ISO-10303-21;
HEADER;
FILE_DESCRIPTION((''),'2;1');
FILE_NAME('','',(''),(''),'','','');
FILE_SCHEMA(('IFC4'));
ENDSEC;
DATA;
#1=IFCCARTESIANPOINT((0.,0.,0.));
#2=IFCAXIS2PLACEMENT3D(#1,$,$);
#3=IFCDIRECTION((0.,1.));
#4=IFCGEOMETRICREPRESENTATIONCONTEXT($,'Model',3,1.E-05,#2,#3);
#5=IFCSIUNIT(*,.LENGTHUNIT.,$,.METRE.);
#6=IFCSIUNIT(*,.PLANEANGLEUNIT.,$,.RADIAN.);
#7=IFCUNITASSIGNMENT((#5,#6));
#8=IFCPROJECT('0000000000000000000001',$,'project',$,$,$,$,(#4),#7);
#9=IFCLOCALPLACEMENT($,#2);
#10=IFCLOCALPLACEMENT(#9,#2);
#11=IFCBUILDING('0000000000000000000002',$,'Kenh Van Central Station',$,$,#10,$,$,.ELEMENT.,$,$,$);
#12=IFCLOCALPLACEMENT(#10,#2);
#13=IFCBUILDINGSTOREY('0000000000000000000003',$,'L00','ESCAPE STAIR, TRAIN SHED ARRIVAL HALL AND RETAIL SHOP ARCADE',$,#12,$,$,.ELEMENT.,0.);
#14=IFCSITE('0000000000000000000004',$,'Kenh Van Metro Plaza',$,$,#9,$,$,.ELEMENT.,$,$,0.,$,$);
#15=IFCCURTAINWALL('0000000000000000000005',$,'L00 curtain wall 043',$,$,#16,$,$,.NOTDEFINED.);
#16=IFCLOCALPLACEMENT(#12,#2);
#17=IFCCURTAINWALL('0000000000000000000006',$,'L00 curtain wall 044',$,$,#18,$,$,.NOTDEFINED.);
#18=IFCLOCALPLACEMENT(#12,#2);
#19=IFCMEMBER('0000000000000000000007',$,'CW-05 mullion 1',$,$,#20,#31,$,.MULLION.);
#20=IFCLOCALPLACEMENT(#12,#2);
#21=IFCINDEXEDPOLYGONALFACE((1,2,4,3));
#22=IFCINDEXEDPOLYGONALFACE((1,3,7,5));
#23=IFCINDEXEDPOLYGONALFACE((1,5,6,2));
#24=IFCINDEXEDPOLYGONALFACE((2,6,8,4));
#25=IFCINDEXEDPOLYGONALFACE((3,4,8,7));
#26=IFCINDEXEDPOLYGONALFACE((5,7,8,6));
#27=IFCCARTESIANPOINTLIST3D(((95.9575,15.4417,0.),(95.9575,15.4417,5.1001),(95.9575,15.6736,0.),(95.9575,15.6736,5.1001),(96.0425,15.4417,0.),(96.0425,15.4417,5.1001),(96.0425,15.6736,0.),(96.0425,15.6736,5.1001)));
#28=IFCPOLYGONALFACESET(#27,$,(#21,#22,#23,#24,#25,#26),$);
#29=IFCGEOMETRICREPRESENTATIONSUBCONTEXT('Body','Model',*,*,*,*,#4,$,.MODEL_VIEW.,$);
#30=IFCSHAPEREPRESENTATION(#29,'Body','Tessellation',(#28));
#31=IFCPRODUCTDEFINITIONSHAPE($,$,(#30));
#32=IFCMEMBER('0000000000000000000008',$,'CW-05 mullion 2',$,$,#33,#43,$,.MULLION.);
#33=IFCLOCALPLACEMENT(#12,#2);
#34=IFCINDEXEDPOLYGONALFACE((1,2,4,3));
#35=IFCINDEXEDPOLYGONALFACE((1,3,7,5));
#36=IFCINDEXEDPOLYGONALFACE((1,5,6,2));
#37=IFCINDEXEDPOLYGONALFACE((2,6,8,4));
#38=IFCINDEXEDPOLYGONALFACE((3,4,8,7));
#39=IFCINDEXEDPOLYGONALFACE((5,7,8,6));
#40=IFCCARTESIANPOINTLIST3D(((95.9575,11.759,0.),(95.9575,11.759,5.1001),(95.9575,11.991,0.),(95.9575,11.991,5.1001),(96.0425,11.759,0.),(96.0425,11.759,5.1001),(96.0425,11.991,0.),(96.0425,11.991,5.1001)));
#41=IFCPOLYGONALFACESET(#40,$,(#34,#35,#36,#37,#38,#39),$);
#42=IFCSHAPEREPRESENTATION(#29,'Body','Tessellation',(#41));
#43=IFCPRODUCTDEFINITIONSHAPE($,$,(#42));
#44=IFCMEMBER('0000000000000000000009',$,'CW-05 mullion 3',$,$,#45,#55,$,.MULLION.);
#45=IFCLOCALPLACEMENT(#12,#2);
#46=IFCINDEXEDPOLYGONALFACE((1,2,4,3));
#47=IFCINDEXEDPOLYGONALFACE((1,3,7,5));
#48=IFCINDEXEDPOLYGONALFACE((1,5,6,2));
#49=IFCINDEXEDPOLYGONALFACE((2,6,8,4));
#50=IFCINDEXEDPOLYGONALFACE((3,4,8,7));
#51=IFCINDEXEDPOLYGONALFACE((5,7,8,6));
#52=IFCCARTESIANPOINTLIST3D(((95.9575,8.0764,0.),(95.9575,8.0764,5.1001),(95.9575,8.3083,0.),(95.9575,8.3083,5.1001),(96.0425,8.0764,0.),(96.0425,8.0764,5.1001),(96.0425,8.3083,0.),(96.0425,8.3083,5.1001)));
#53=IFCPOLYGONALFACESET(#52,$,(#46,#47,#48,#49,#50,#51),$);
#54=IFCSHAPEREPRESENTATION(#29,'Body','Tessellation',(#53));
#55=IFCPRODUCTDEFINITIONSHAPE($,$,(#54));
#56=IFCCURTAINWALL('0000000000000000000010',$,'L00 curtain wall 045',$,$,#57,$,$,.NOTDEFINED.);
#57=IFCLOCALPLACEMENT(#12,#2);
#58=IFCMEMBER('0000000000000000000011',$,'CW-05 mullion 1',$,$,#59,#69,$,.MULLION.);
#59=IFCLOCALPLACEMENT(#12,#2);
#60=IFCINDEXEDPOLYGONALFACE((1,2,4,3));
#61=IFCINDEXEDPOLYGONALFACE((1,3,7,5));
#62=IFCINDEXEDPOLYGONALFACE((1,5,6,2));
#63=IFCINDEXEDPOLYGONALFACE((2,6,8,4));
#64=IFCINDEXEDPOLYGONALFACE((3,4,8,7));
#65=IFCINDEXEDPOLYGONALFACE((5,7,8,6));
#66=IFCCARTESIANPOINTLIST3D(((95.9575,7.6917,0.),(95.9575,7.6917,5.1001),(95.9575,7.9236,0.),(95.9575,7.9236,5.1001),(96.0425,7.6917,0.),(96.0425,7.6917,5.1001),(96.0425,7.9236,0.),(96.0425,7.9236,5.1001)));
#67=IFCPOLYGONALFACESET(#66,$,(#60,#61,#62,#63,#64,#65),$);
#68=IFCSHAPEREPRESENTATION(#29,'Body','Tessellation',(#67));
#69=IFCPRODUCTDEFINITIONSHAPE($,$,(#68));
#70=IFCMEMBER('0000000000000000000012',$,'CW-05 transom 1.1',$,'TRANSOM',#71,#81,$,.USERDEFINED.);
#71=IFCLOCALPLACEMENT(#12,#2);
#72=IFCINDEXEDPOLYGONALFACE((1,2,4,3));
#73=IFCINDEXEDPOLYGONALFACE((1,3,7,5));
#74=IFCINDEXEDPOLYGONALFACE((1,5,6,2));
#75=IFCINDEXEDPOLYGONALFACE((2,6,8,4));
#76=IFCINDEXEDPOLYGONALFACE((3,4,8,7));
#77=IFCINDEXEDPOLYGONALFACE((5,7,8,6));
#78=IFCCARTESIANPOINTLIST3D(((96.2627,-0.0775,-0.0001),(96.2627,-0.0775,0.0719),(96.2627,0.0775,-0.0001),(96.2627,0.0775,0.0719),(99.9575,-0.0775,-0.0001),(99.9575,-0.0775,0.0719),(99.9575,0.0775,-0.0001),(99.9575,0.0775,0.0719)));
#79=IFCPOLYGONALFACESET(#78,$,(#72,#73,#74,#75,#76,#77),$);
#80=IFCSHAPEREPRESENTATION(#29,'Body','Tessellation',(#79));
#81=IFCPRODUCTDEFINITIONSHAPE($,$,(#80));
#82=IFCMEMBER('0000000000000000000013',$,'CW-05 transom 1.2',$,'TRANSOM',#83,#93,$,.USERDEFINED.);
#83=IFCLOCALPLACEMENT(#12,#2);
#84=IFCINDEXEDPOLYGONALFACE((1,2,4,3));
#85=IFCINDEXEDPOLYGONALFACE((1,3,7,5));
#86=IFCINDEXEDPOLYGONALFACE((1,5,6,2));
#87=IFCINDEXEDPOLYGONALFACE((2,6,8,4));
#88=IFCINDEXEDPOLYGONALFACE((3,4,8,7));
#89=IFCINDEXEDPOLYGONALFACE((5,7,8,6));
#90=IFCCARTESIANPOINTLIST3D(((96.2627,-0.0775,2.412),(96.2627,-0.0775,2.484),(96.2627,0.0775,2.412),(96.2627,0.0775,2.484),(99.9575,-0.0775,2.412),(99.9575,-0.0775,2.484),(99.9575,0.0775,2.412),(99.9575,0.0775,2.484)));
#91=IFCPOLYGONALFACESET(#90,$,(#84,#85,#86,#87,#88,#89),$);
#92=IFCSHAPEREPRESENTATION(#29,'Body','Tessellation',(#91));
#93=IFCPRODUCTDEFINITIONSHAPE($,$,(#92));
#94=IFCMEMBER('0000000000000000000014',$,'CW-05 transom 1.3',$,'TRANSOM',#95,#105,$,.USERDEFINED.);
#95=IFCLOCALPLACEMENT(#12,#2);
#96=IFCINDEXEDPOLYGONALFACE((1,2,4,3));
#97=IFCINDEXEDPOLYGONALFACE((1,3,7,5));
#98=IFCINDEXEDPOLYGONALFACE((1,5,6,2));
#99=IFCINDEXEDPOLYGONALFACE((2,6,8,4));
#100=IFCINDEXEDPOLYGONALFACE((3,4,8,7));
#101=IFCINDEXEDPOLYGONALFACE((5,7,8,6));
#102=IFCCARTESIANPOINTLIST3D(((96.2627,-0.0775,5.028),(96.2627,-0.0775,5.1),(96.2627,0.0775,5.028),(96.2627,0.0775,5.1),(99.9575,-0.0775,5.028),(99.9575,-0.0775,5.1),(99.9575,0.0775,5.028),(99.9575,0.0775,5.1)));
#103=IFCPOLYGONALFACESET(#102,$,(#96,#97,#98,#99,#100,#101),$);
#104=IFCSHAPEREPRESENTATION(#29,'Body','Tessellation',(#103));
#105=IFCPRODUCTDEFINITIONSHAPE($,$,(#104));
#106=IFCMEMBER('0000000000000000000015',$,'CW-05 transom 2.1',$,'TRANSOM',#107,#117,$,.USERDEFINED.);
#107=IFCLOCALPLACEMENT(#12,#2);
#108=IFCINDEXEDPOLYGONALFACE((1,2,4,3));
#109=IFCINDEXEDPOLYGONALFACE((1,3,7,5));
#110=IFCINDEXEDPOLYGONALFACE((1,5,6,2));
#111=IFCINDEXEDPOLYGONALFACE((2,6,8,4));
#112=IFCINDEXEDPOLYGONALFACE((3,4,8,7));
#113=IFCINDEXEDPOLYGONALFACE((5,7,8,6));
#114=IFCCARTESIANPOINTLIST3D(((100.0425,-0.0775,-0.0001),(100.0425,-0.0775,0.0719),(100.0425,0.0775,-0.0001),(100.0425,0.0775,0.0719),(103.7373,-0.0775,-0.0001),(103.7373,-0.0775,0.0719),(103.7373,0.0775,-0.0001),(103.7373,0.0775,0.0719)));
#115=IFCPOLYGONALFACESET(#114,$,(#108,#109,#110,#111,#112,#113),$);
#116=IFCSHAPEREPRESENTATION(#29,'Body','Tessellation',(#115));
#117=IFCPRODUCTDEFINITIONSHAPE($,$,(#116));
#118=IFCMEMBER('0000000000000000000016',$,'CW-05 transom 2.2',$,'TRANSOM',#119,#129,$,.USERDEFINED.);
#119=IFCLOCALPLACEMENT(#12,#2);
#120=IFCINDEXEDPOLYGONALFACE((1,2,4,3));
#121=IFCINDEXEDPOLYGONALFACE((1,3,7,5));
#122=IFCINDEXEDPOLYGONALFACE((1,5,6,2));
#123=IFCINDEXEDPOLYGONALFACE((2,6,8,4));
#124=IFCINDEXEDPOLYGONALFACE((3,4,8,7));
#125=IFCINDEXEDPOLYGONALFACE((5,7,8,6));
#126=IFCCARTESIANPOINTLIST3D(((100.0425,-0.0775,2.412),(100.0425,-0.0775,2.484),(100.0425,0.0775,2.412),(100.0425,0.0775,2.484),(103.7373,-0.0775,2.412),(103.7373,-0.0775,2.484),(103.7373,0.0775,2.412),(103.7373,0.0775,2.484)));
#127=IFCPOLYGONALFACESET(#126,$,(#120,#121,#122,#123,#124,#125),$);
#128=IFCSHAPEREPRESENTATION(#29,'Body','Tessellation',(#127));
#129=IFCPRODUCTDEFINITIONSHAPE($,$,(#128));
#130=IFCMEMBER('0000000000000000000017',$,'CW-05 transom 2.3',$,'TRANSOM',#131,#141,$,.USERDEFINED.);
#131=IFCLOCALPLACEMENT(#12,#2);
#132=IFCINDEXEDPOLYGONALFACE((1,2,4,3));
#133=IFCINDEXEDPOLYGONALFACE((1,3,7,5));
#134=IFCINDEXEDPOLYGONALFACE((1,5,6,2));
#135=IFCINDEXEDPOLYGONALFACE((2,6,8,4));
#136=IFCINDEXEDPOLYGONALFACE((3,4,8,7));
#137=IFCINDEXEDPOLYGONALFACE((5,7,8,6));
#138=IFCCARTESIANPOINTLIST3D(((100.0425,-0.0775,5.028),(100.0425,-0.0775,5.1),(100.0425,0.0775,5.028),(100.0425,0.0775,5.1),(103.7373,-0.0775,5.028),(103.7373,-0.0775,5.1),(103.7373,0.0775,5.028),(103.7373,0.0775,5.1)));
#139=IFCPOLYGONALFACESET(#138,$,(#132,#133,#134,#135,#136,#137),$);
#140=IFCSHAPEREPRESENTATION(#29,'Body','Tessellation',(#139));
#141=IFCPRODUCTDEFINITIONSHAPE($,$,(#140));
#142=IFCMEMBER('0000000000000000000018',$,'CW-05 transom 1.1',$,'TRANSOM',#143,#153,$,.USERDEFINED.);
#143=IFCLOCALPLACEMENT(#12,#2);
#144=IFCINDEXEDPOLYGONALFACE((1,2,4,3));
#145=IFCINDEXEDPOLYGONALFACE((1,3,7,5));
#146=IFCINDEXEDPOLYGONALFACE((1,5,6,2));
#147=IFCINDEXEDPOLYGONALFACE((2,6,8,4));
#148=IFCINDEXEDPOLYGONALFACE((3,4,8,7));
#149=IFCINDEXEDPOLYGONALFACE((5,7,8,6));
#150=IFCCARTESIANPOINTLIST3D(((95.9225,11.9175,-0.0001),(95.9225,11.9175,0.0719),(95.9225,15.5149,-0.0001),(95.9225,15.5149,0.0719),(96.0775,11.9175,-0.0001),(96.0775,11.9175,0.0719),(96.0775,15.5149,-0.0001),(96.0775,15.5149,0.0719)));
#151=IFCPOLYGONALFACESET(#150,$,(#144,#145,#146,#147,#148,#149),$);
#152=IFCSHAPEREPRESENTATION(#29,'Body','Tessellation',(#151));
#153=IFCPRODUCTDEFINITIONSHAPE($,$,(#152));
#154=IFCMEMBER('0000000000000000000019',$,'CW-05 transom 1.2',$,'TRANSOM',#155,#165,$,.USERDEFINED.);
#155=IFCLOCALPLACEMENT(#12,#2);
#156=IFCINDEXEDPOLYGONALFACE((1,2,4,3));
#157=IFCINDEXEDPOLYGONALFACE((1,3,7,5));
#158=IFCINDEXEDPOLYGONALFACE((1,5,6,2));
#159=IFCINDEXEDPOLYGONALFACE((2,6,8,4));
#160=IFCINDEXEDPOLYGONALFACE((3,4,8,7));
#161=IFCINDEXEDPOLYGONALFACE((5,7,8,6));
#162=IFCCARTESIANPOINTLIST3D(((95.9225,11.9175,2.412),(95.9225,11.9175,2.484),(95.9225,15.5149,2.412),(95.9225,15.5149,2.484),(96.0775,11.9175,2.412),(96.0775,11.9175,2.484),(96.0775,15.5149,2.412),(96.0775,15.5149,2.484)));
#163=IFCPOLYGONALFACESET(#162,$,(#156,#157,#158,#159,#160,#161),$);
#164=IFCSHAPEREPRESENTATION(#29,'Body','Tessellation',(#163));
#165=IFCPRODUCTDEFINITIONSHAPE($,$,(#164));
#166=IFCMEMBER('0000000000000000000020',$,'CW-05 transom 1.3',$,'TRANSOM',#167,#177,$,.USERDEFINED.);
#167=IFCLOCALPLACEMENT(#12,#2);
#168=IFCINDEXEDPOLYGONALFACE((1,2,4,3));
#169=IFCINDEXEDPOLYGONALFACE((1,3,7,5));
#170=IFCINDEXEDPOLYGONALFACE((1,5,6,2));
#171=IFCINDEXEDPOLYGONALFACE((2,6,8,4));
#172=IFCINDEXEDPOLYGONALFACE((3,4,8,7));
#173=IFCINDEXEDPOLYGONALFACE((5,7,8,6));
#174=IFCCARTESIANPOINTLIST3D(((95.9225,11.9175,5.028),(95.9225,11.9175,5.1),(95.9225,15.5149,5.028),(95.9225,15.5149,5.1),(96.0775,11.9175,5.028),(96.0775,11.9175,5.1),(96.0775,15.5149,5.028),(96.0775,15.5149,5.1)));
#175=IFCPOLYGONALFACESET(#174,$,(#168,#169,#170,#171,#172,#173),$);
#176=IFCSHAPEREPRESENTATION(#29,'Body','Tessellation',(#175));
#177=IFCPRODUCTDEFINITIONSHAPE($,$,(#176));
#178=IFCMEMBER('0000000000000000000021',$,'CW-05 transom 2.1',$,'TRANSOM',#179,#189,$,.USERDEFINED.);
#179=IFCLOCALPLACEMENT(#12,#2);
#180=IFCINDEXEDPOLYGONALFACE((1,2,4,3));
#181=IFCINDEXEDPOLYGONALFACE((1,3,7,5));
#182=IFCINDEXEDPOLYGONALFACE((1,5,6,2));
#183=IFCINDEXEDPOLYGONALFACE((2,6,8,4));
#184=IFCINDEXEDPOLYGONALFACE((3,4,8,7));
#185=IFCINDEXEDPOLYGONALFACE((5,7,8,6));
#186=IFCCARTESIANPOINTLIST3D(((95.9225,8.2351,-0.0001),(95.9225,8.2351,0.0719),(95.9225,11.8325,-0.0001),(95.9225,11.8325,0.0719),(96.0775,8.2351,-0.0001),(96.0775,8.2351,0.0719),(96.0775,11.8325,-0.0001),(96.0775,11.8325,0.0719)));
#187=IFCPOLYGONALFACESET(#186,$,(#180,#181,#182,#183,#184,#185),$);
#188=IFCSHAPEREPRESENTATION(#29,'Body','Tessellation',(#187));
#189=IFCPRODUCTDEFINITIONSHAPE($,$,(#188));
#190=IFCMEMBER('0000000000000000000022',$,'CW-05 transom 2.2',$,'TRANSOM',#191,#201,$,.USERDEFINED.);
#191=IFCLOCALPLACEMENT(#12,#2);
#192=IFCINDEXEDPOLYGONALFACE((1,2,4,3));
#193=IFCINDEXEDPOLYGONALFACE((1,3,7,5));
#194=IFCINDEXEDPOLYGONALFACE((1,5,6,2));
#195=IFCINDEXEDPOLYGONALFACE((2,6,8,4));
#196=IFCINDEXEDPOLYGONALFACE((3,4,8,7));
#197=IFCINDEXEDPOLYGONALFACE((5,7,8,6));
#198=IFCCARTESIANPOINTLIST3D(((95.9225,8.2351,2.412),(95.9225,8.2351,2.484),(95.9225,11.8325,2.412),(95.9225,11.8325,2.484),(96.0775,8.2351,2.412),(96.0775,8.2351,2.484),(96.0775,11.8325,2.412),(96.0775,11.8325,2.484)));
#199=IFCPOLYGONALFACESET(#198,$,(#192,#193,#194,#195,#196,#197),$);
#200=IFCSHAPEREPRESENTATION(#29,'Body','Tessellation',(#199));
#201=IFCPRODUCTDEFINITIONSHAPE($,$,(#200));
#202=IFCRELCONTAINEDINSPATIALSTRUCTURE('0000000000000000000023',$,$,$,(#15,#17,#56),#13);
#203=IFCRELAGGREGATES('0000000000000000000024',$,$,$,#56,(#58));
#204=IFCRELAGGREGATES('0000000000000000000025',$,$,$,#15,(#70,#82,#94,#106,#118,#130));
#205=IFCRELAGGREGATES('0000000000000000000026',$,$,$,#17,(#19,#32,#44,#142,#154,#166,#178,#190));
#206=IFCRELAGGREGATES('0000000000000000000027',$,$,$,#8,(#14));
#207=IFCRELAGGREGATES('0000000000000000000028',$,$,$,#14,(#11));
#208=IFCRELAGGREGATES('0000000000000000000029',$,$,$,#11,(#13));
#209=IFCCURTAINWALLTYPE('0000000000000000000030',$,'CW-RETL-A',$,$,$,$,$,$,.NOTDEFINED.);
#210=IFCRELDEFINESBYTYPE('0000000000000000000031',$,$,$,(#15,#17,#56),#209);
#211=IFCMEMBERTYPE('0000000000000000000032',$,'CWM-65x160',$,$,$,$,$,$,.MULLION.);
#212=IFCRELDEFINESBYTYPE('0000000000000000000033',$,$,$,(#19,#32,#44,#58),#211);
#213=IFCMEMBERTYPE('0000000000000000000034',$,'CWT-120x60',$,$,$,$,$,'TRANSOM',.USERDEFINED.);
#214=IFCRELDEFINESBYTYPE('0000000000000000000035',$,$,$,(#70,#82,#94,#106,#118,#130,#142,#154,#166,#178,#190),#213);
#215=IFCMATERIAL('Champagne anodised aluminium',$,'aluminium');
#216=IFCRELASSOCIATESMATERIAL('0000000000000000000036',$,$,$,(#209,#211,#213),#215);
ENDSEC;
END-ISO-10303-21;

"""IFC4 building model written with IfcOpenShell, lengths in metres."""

from ifc_helpers import new_model, si_unit, direction, frame, origin, origin_2d, place, context, subcontext, project, spatial, rectangle, extrude, material, material_profile, profile_set, type_object, element, aggregate, save


model = new_model("IFC4")

# Units and contexts
model_context = context("Model", 3, precision=1e-05, world=origin(), true_north=direction((0.0, 1.0)))
body_context = subcontext(model_context, "Body", "Model", "MODEL_VIEW")
ifc_project = project(units=[si_unit("LENGTHUNIT", "METRE"), si_unit("PLANEANGLEUNIT", "RADIAN")], contexts=[model_context])

# Site, building, storey
site_placement = place(None, origin())
site = spatial("IfcSite", under=ifc_project, at=site_placement, Name="Kenh Van Metro Plaza", CompositionType="ELEMENT", RefElevation=0.0)
building_placement = place(site_placement, origin())
building = spatial("IfcBuilding", under=site, at=building_placement, Name="Kenh Van Central Station", CompositionType="ELEMENT")
storey_placement = place(building_placement, origin())
storey = spatial("IfcBuildingStorey", under=building, at=storey_placement, Name="L00", Description="ESCAPE STAIR, TRAIN SHED ARRIVAL HALL AND RETAIL SHOP ARCADE", CompositionType="ELEMENT", Elevation=0.0)

# Curtain walls, members
ifc_material_1 = material(Name="Champagne anodised aluminium", Category="aluminium")
curtain_wall_type = type_object("IfcCurtainWallType", Name="CW-RETL-A", PredefinedType="NOTDEFINED", material=ifc_material_1)
curtain_wall_1_placement = place(storey_placement, origin())
curtain_wall_1 = element("IfcCurtainWall", 1, at=curtain_wall_1_placement, inside=storey, type_object=curtain_wall_type, Name="L00 curtain wall 043", PredefinedType="NOTDEFINED")
ifc_material_profile_1 = material_profile(ifc_material_1, rectangle(XDim=0.085, YDim=0.2319, at=origin_2d()), Name="AL 85x232")
ifc_profile_set_1 = profile_set([ifc_material_profile_1], Name="Champagne anodised aluminium")
member_type_1 = type_object("IfcMemberType", Name="CWM-65x160", PredefinedType="MULLION", material=ifc_profile_set_1)
curtain_wall_2_placement = place(storey_placement, origin())
curtain_wall_2 = element("IfcCurtainWall", 2, at=curtain_wall_2_placement, inside=storey, type_object=curtain_wall_type, Name="L00 curtain wall 044", PredefinedType="NOTDEFINED")
member_1_placement = place(storey_placement, frame((96.0, 15.5576, 0.0), z_axis=(0.0, 0.0, 1.0), x_axis=(1.0, 0.0, 0.0)))
member_1 = element("IfcMember", 3, at=member_1_placement, type_object=member_type_1, Name="CW-05 mullion 1", PredefinedType="MULLION", context=body_context, shape_type="SweptSolid", body=[
    extrude(rectangle(XDim=0.085, YDim=0.2319, at=origin_2d()), origin(), (0.0, 0.0, 1.0), 5.1001),
])
member_2_placement = place(storey_placement, frame((96.0, 11.875, 0.0), z_axis=(0.0, 0.0, 1.0), x_axis=(1.0, 0.0, 0.0)))
member_2 = element("IfcMember", 4, at=member_2_placement, type_object=member_type_1, Name="CW-05 mullion 2", PredefinedType="MULLION", context=body_context, shape_type="SweptSolid", body=[
    extrude(rectangle(XDim=0.085, YDim=0.2319, at=origin_2d()), origin(), (0.0, 0.0, 1.0), 5.1001),
])
member_3_placement = place(storey_placement, frame((96.0, 8.1924, 0.0), z_axis=(0.0, 0.0, 1.0), x_axis=(1.0, 0.0, 0.0)))
member_3 = element("IfcMember", 5, at=member_3_placement, type_object=member_type_1, Name="CW-05 mullion 3", PredefinedType="MULLION", context=body_context, shape_type="SweptSolid", body=[
    extrude(rectangle(XDim=0.085, YDim=0.2319, at=origin_2d()), origin(), (0.0, 0.0, 1.0), 5.1001),
])

# Curtain wall, member
curtain_wall_3_placement = place(storey_placement, origin())
curtain_wall_3 = element("IfcCurtainWall", 6, at=curtain_wall_3_placement, inside=storey, type_object=curtain_wall_type, Name="L00 curtain wall 045", PredefinedType="NOTDEFINED")
member_4_placement = place(storey_placement, frame((96.0, 7.8076, 0.0), z_axis=(0.0, 0.0, 1.0), x_axis=(1.0, 0.0, 0.0)))
member_4 = element("IfcMember", 7, at=member_4_placement, type_object=member_type_1, Name="CW-05 mullion 1", PredefinedType="MULLION", context=body_context, shape_type="SweptSolid", body=[
    extrude(rectangle(XDim=0.085, YDim=0.2319, at=origin_2d()), origin(), (0.0, 0.0, 1.0), 5.1001),
])

# Members
ifc_material_profile_2 = material_profile(ifc_material_1, rectangle(XDim=0.155, YDim=0.072, at=origin_2d()), Name="AL 155x72")
ifc_profile_set_2 = profile_set([ifc_material_profile_2], Name="Champagne anodised aluminium")
member_type_2 = type_object("IfcMemberType", Name="CWT-120x60", ElementType="TRANSOM", PredefinedType="USERDEFINED", material=ifc_profile_set_2)
member_5_placement = place(storey_placement, frame((96.2627, 0.0, 0.0359), z_axis=(1.0, 0.0, 0.0), x_axis=(0.0, 1.0, 0.0)))
member_5 = element("IfcMember", 8, at=member_5_placement, type_object=member_type_2, Name="CW-05 transom 1.1", ObjectType="TRANSOM", PredefinedType="USERDEFINED", context=body_context, shape_type="SweptSolid", body=[
    extrude(rectangle(XDim=0.155, YDim=0.072, at=origin_2d()), origin(), (0.0, 0.0, 1.0), 3.6948),
])
member_6_placement = place(storey_placement, frame((96.2627, 0.0, 2.448), z_axis=(1.0, 0.0, 0.0), x_axis=(0.0, 1.0, 0.0)))
member_6 = element("IfcMember", 9, at=member_6_placement, type_object=member_type_2, Name="CW-05 transom 1.2", ObjectType="TRANSOM", PredefinedType="USERDEFINED", context=body_context, shape_type="SweptSolid", body=[
    extrude(rectangle(XDim=0.155, YDim=0.072, at=origin_2d()), origin(), (0.0, 0.0, 1.0), 3.6948),
])
member_7_placement = place(storey_placement, frame((96.2627, 0.0, 5.064), z_axis=(1.0, 0.0, 0.0), x_axis=(0.0, 1.0, 0.0)))
member_7 = element("IfcMember", 10, at=member_7_placement, type_object=member_type_2, Name="CW-05 transom 1.3", ObjectType="TRANSOM", PredefinedType="USERDEFINED", context=body_context, shape_type="SweptSolid", body=[
    extrude(rectangle(XDim=0.155, YDim=0.072, at=origin_2d()), origin(), (0.0, 0.0, 1.0), 3.6948),
])
member_8_placement = place(storey_placement, frame((100.0425, 0.0, 0.0359), z_axis=(1.0, 0.0, 0.0), x_axis=(0.0, 1.0, 0.0)))
member_8 = element("IfcMember", 11, at=member_8_placement, type_object=member_type_2, Name="CW-05 transom 2.1", ObjectType="TRANSOM", PredefinedType="USERDEFINED", context=body_context, shape_type="SweptSolid", body=[
    extrude(rectangle(XDim=0.155, YDim=0.072, at=origin_2d()), origin(), (0.0, 0.0, 1.0), 3.6948),
])
member_9_placement = place(storey_placement, frame((100.0425, 0.0, 2.448), z_axis=(1.0, 0.0, 0.0), x_axis=(0.0, 1.0, 0.0)))
member_9 = element("IfcMember", 12, at=member_9_placement, type_object=member_type_2, Name="CW-05 transom 2.2", ObjectType="TRANSOM", PredefinedType="USERDEFINED", context=body_context, shape_type="SweptSolid", body=[
    extrude(rectangle(XDim=0.155, YDim=0.072, at=origin_2d()), origin(), (0.0, 0.0, 1.0), 3.6948),
])
member_10_placement = place(storey_placement, frame((100.0425, 0.0, 5.064), z_axis=(1.0, 0.0, 0.0), x_axis=(0.0, 1.0, 0.0)))
member_10 = element("IfcMember", 13, at=member_10_placement, type_object=member_type_2, Name="CW-05 transom 2.3", ObjectType="TRANSOM", PredefinedType="USERDEFINED", context=body_context, shape_type="SweptSolid", body=[
    extrude(rectangle(XDim=0.155, YDim=0.072, at=origin_2d()), origin(), (0.0, 0.0, 1.0), 3.6948),
])
member_11_placement = place(storey_placement, frame((96.0, 15.5149, 0.0359), z_axis=(0.0, -1.0, 0.0), x_axis=(1.0, 0.0, 0.0)))
member_11 = element("IfcMember", 14, at=member_11_placement, type_object=member_type_2, Name="CW-05 transom 1.1", ObjectType="TRANSOM", PredefinedType="USERDEFINED", context=body_context, shape_type="SweptSolid", body=[
    extrude(rectangle(XDim=0.155, YDim=0.072, at=origin_2d()), origin(), (0.0, 0.0, 1.0), 3.5974),
])
member_12_placement = place(storey_placement, frame((96.0, 15.5149, 2.448), z_axis=(0.0, -1.0, 0.0), x_axis=(1.0, 0.0, 0.0)))
member_12 = element("IfcMember", 15, at=member_12_placement, type_object=member_type_2, Name="CW-05 transom 1.2", ObjectType="TRANSOM", PredefinedType="USERDEFINED", context=body_context, shape_type="SweptSolid", body=[
    extrude(rectangle(XDim=0.155, YDim=0.072, at=origin_2d()), origin(), (0.0, 0.0, 1.0), 3.5974),
])
member_13_placement = place(storey_placement, frame((96.0, 15.5149, 5.064), z_axis=(0.0, -1.0, 0.0), x_axis=(1.0, 0.0, 0.0)))
member_13 = element("IfcMember", 16, at=member_13_placement, type_object=member_type_2, Name="CW-05 transom 1.3", ObjectType="TRANSOM", PredefinedType="USERDEFINED", context=body_context, shape_type="SweptSolid", body=[
    extrude(rectangle(XDim=0.155, YDim=0.072, at=origin_2d()), origin(), (0.0, 0.0, 1.0), 3.5974),
])
member_14_placement = place(storey_placement, frame((96.0, 11.8325, 0.0359), z_axis=(0.0, -1.0, 0.0), x_axis=(1.0, 0.0, 0.0)))
member_14 = element("IfcMember", 17, at=member_14_placement, type_object=member_type_2, Name="CW-05 transom 2.1", ObjectType="TRANSOM", PredefinedType="USERDEFINED", context=body_context, shape_type="SweptSolid", body=[
    extrude(rectangle(XDim=0.155, YDim=0.072, at=origin_2d()), origin(), (0.0, 0.0, 1.0), 3.5974),
])
member_15_placement = place(storey_placement, frame((96.0, 11.8325, 2.448), z_axis=(0.0, -1.0, 0.0), x_axis=(1.0, 0.0, 0.0)))
member_15 = element("IfcMember", 18, at=member_15_placement, type_object=member_type_2, Name="CW-05 transom 2.2", ObjectType="TRANSOM", PredefinedType="USERDEFINED", context=body_context, shape_type="SweptSolid", body=[
    extrude(rectangle(XDim=0.155, YDim=0.072, at=origin_2d()), origin(), (0.0, 0.0, 1.0), 3.5974),
])
aggregate(curtain_wall_3, [member_4])

aggregate(curtain_wall_1, [member_5, member_6, member_7, member_8, member_9, member_10])
aggregate(curtain_wall_2, [member_1, member_2, member_3, member_11, member_12, member_13, member_14, member_15])

save(model, "model.ifc")
